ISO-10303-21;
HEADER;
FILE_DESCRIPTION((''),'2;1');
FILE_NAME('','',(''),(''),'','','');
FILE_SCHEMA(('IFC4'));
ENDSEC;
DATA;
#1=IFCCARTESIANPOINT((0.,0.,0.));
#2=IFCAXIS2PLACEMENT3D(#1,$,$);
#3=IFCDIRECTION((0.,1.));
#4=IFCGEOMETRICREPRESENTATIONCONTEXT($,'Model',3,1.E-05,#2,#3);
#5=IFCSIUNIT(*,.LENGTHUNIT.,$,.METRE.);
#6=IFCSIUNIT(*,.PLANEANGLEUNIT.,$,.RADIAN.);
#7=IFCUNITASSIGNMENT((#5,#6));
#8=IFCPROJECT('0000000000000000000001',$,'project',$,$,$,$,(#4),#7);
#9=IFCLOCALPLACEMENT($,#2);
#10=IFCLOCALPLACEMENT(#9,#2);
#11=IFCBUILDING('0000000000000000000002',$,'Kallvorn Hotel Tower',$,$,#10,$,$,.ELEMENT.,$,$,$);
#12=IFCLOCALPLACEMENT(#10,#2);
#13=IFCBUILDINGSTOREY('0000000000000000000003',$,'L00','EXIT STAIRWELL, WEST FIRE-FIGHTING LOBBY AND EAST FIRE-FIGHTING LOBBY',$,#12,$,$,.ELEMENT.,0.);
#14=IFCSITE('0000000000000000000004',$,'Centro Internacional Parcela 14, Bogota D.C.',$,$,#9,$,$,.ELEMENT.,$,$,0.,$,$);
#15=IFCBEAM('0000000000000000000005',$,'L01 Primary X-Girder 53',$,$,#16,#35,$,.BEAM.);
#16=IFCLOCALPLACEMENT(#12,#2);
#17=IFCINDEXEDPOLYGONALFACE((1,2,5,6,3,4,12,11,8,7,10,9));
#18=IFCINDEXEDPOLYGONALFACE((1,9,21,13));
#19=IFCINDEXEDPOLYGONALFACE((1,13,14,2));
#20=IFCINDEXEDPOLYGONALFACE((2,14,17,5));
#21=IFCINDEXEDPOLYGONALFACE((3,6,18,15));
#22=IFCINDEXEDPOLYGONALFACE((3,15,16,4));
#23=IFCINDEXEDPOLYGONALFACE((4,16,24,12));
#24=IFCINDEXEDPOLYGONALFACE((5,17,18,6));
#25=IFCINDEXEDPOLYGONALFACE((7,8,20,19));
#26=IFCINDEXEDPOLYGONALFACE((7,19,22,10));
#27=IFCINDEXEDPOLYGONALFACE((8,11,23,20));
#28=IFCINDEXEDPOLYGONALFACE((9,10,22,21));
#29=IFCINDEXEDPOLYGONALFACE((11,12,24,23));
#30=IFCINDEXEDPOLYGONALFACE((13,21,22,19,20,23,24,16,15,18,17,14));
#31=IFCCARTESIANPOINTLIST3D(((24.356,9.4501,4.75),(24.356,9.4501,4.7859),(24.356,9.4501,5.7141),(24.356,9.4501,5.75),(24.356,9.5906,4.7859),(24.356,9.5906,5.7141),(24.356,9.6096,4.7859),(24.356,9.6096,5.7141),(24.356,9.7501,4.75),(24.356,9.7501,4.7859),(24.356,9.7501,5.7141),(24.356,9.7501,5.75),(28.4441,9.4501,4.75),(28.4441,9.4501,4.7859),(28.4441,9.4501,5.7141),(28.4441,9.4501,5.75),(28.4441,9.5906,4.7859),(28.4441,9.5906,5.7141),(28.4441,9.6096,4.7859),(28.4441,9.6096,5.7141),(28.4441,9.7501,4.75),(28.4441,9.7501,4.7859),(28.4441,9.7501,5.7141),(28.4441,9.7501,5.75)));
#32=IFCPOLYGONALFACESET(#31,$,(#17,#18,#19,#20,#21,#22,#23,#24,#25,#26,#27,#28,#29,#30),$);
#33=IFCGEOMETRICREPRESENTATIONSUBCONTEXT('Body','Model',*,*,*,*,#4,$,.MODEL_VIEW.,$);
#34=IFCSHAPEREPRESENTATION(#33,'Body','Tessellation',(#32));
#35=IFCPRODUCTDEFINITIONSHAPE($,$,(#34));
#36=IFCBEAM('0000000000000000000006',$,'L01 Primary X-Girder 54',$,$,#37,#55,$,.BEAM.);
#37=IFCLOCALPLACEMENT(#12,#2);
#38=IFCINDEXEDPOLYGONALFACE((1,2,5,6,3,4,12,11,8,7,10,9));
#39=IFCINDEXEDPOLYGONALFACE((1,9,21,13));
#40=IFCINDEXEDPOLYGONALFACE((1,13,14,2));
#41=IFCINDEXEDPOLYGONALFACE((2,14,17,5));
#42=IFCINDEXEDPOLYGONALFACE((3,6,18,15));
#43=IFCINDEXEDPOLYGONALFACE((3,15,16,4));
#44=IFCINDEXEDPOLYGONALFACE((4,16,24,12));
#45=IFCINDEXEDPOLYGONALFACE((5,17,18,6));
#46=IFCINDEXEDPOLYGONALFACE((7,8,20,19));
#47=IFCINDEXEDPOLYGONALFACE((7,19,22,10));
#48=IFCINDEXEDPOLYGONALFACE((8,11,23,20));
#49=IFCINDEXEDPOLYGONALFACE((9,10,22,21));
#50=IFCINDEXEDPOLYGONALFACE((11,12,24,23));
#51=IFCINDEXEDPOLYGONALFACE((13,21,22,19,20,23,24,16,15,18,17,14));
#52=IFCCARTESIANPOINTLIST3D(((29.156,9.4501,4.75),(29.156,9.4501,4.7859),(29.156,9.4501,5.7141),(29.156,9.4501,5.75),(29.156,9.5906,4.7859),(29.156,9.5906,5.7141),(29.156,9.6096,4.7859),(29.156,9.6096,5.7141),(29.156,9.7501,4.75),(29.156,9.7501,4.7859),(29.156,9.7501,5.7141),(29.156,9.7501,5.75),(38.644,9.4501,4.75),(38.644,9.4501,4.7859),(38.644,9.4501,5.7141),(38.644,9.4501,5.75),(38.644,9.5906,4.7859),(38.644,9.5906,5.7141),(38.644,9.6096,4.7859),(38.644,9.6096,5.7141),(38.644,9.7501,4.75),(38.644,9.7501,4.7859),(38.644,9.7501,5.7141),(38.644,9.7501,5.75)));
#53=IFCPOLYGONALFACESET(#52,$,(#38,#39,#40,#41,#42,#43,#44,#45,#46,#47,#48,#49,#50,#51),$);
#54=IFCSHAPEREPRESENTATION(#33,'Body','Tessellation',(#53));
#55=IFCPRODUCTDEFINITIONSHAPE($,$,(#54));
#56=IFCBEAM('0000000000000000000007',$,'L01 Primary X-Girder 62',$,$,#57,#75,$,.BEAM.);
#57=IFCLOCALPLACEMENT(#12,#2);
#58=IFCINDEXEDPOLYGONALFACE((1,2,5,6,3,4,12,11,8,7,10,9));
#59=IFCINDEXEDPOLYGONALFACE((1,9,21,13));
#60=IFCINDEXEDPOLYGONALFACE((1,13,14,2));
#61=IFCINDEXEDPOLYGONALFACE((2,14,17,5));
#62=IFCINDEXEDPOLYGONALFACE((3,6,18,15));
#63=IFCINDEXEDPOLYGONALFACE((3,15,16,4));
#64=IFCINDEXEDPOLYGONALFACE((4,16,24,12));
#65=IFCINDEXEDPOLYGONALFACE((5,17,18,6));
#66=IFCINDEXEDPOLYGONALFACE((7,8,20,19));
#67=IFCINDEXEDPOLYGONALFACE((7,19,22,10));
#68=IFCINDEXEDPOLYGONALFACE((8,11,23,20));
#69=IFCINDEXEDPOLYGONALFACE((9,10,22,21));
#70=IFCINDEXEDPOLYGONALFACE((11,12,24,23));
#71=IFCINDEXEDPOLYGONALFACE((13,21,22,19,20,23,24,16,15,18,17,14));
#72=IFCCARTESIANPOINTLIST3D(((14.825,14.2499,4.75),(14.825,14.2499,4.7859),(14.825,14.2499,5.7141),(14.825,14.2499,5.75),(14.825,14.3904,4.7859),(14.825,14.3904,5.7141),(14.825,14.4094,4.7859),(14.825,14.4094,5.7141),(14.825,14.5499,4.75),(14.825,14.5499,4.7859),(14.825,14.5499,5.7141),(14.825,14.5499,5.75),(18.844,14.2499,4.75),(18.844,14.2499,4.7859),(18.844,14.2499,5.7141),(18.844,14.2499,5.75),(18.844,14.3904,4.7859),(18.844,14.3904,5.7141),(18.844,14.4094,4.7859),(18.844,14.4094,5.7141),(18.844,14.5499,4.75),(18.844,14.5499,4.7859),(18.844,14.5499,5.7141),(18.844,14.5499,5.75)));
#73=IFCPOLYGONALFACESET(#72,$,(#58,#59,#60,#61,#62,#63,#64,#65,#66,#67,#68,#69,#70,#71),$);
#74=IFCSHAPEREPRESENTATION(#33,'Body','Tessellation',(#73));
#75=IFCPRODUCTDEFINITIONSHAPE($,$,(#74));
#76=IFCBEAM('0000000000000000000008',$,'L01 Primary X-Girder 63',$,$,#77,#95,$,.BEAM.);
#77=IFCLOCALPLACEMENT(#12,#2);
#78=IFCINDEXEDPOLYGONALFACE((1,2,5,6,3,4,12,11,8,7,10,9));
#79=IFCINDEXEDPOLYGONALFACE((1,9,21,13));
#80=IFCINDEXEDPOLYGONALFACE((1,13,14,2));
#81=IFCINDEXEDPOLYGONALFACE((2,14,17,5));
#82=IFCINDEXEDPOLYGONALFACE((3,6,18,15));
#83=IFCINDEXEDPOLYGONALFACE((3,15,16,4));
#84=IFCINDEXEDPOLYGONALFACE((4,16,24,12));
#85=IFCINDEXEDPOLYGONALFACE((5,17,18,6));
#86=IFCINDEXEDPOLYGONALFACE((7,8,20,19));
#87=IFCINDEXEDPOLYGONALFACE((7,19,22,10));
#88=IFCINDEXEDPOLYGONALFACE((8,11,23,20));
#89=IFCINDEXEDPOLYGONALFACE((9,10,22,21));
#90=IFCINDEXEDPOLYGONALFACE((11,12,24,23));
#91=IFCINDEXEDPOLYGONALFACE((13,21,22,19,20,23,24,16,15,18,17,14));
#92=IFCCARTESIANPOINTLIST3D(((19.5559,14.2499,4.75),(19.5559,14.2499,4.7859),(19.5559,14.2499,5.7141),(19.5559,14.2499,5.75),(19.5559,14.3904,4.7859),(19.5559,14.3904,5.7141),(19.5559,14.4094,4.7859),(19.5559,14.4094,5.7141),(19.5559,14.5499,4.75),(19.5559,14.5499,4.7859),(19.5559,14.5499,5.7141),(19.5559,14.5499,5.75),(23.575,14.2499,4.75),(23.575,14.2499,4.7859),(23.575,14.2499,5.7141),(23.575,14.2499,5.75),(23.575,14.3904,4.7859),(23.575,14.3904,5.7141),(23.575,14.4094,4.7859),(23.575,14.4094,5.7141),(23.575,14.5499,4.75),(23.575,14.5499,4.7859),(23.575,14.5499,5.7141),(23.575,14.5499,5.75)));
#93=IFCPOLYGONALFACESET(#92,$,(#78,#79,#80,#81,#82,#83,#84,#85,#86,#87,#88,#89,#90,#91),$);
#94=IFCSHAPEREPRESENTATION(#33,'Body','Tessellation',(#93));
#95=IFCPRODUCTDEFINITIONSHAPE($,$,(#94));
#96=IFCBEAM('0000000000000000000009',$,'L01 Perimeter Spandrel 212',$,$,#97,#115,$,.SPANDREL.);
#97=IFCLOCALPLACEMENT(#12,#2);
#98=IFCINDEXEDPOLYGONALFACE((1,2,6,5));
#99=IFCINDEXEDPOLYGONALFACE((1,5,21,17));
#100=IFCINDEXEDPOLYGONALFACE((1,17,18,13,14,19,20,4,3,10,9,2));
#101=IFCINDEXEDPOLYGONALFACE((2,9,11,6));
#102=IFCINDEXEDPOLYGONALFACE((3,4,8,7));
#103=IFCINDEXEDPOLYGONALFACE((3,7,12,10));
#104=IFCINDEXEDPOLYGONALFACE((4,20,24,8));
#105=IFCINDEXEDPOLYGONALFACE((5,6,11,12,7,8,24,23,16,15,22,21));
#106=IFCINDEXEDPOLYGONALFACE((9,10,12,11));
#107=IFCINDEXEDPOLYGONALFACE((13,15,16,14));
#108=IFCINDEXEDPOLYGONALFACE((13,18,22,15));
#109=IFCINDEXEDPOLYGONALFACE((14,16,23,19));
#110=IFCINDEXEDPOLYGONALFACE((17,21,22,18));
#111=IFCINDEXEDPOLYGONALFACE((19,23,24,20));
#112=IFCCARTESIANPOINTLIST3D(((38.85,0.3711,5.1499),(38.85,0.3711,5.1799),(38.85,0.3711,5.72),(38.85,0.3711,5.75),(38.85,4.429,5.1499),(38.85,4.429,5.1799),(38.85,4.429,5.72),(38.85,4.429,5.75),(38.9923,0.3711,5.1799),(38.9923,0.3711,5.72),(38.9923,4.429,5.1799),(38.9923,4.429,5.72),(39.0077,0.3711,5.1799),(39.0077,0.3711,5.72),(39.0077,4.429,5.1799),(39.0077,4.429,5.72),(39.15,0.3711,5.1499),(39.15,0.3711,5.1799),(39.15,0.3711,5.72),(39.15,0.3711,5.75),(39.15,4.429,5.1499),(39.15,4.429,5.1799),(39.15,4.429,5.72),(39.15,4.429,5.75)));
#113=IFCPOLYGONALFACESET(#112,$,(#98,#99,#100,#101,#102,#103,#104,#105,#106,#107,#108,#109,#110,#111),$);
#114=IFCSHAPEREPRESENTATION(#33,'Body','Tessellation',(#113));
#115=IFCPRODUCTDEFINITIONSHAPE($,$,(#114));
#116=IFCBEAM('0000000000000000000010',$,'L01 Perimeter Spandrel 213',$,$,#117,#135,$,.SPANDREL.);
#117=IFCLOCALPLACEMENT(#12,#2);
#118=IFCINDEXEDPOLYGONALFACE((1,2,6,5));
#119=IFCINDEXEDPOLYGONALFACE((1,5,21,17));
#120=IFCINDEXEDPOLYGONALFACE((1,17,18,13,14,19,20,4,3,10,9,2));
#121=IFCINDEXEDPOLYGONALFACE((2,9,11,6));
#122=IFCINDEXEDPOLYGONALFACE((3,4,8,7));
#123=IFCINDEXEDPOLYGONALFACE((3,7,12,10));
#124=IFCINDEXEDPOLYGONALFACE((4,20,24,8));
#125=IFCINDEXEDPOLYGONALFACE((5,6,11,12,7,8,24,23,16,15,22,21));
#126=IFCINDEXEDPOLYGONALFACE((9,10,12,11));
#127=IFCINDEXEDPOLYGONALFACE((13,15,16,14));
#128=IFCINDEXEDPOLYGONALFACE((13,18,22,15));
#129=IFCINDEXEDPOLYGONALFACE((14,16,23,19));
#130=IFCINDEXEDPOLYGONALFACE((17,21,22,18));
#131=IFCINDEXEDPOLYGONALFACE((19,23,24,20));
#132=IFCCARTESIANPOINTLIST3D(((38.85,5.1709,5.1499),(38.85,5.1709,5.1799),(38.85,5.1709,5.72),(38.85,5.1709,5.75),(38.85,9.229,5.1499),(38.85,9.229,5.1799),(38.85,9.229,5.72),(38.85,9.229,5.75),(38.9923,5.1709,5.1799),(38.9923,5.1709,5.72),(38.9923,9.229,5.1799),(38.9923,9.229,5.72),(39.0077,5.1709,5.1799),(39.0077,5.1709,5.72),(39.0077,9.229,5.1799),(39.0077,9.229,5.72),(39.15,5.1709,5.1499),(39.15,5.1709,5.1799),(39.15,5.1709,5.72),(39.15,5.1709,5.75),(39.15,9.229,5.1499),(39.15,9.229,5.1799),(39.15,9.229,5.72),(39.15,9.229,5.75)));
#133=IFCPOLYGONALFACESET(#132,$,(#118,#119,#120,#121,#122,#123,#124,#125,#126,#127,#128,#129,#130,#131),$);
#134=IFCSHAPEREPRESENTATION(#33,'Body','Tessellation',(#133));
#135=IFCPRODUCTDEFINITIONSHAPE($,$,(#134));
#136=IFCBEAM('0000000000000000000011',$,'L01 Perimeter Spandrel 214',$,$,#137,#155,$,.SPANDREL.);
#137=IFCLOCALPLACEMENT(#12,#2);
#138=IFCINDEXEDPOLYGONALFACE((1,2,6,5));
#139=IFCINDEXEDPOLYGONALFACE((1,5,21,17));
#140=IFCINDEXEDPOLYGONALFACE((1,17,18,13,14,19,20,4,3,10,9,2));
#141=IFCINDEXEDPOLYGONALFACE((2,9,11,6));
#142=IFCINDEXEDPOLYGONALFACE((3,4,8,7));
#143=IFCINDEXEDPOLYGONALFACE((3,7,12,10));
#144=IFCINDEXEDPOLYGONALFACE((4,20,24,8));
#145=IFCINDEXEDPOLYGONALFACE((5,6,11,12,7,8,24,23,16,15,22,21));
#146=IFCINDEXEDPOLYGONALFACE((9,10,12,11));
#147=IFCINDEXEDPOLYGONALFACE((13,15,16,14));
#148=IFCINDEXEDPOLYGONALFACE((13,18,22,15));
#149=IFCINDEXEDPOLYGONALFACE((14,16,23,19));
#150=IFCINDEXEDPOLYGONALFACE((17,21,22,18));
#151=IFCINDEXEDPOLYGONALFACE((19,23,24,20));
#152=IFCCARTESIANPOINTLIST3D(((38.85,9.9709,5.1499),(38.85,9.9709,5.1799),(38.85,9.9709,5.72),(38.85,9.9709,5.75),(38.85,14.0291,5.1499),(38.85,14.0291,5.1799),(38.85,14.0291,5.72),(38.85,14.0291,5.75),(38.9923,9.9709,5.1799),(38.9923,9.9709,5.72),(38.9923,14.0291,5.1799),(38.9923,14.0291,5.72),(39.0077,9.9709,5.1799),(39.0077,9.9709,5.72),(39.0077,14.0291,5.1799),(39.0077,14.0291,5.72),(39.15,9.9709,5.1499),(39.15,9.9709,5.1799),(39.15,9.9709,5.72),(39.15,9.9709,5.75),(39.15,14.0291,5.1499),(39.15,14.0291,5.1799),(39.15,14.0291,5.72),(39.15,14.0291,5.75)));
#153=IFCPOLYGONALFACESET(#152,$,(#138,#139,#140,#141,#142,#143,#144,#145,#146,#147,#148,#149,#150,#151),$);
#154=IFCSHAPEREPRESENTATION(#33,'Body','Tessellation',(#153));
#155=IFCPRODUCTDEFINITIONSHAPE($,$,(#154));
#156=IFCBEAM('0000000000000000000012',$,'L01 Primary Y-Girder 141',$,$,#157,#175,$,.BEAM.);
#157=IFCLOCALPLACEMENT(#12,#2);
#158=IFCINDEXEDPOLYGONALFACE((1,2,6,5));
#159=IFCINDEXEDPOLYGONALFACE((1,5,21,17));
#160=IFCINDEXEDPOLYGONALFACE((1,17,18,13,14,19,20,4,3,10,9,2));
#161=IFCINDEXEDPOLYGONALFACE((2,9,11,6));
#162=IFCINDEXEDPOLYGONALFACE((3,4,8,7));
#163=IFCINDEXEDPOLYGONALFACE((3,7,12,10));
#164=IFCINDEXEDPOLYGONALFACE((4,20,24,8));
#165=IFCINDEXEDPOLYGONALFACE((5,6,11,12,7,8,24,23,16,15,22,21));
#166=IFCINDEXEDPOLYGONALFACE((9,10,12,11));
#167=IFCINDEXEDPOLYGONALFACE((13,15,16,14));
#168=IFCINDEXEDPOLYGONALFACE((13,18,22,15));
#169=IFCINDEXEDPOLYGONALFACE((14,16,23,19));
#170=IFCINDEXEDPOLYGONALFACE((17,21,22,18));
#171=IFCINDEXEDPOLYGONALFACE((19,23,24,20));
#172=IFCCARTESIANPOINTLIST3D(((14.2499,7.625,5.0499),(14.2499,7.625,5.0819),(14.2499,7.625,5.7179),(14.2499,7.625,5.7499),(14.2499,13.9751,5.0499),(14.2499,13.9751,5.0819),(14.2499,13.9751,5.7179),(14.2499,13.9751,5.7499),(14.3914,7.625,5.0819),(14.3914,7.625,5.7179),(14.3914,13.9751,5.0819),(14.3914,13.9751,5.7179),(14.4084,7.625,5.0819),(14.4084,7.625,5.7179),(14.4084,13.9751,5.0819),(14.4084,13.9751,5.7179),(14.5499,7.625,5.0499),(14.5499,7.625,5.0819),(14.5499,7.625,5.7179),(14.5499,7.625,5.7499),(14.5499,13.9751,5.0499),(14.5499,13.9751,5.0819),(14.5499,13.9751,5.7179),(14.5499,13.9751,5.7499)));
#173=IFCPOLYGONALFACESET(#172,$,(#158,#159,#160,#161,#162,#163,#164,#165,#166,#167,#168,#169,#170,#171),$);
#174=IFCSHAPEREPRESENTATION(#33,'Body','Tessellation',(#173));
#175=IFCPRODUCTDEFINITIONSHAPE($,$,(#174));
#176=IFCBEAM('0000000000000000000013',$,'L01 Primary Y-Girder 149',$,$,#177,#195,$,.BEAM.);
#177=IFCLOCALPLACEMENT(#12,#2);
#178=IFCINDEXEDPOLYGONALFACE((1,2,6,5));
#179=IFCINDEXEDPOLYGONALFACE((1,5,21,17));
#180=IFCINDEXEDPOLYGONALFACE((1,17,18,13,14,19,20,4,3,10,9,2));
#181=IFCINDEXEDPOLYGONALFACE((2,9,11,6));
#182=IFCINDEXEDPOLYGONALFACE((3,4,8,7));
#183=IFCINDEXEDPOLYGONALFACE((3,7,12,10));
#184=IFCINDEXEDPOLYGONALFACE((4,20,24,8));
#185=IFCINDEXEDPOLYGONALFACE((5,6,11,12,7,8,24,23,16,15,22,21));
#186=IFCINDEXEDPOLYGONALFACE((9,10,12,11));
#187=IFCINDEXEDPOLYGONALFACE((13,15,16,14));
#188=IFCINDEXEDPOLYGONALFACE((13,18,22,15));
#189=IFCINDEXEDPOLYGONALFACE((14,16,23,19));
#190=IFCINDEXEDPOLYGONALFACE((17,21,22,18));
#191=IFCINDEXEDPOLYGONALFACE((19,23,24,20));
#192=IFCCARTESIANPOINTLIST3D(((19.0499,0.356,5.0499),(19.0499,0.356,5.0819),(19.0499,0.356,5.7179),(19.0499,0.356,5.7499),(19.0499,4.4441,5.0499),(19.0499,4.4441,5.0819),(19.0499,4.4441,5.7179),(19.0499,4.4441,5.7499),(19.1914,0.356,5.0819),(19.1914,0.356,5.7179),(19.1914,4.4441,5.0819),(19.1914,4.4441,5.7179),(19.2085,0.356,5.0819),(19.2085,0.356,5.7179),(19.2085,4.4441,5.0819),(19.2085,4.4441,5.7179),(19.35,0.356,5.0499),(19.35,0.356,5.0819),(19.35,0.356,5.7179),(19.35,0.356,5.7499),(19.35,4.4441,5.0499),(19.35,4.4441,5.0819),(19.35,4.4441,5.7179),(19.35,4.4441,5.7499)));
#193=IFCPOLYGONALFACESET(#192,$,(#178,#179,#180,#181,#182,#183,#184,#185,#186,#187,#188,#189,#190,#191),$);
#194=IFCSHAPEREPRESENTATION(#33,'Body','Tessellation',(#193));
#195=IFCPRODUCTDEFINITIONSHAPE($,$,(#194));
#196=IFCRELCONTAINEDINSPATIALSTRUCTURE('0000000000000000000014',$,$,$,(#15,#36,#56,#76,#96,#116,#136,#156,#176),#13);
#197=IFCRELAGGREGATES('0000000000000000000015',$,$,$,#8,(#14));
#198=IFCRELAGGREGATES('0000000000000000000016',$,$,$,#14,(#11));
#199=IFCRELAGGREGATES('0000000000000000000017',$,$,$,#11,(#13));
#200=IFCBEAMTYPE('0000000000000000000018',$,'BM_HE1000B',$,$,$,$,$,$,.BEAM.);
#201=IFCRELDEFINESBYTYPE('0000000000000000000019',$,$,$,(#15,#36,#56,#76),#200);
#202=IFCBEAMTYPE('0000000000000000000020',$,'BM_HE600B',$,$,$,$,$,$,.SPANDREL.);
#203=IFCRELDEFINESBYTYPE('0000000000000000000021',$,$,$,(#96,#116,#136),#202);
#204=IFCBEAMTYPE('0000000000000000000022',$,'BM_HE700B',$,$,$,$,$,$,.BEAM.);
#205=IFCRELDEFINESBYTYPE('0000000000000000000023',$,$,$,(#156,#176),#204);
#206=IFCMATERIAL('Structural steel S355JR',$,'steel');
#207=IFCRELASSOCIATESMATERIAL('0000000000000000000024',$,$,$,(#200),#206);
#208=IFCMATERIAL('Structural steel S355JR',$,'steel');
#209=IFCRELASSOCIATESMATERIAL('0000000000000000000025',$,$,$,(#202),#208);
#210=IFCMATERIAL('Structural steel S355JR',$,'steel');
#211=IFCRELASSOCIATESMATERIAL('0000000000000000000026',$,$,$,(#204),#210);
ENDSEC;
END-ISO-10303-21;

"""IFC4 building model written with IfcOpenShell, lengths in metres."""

from ifc_helpers import new_model, si_unit, direction, frame, origin, origin_2d, place, context, subcontext, project, spatial, i_section, extrude, material, material_profile, profile_set, type_object, element, save


model = new_model("IFC4")

# Units and contexts
model_context = context("Model", 3, precision=1e-05, world=origin(), true_north=direction((0.0, 1.0)))
body_context = subcontext(model_context, "Body", "Model", "MODEL_VIEW")
ifc_project = project(units=[si_unit("LENGTHUNIT", "METRE"), si_unit("PLANEANGLEUNIT", "RADIAN")], contexts=[model_context])

# Site, building, storey
site_placement = place(None, origin())
site = spatial("IfcSite", under=ifc_project, at=site_placement, Name="Centro Internacional Parcela 14, Bogota D.C.", CompositionType="ELEMENT", RefElevation=0.0)
building_placement = place(site_placement, origin())
building = spatial("IfcBuilding", under=site, at=building_placement, Name="Kallvorn Hotel Tower", CompositionType="ELEMENT")
storey_placement = place(building_placement, origin())
storey = spatial("IfcBuildingStorey", under=building, at=storey_placement, Name="L00", Description="EXIT STAIRWELL, WEST FIRE-FIGHTING LOBBY AND EAST FIRE-FIGHTING LOBBY", CompositionType="ELEMENT", Elevation=0.0)

# Beams
ifc_material_1 = material(Name="Structural steel S355JR", Category="steel")
ifc_material_profile_1 = material_profile(ifc_material_1, i_section(OverallWidth=0.3, OverallDepth=1.0, WebThickness=0.019, FlangeThickness=0.0359, at=origin_2d()), Name="HE 1000 B")
ifc_profile_set_1 = profile_set([ifc_material_profile_1], Name="Structural steel S355JR")
beam_type_1 = type_object("IfcBeamType", Name="BM_HE1000B", PredefinedType="BEAM", material=ifc_profile_set_1)
for number, where, z_axis, x_axis, name in (
    (1, (24.356, 9.6001, 5.25), (1.0, 0.0, 0.0), (0.0, 1.0, 0.0), "L01 Primary X-Girder 53"),
):
    element("IfcBeam", number, at=place(storey_placement, frame(where, z_axis=z_axis, x_axis=x_axis)), inside=storey, type_object=beam_type_1, Name=name, PredefinedType="BEAM", context=body_context, shape_type="SweptSolid", body=[
        extrude(i_section(OverallWidth=0.3, OverallDepth=1.0, WebThickness=0.019, FlangeThickness=0.0359, at=origin_2d()), origin(), (0.0, 0.0, 1.0), 4.0881),
    ])
beam_1_placement = place(storey_placement, frame((29.156, 9.6001, 5.25), z_axis=(1.0, 0.0, 0.0), x_axis=(0.0, 1.0, 0.0)))
element("IfcBeam", 2, at=beam_1_placement, inside=storey, type_object=beam_type_1, Name="L01 Primary X-Girder 54", PredefinedType="BEAM", context=body_context, shape_type="SweptSolid", body=[
    extrude(i_section(OverallWidth=0.3, OverallDepth=1.0, WebThickness=0.019, FlangeThickness=0.0359, at=origin_2d()), origin(), (0.0, 0.0, 1.0), 9.488),
])
for number, where, z_axis, x_axis, name in (
    (3, (14.825, 14.3999, 5.25), (1.0, 0.0, 0.0), (0.0, 1.0, 0.0), "L01 Primary X-Girder 62"),
    (4, (19.5559, 14.3999, 5.25), (1.0, 0.0, 0.0), (0.0, 1.0, 0.0), "L01 Primary X-Girder 63"),
):
    element("IfcBeam", number, at=place(storey_placement, frame(where, z_axis=z_axis, x_axis=x_axis)), inside=storey, type_object=beam_type_1, Name=name, PredefinedType="BEAM", context=body_context, shape_type="SweptSolid", body=[
        extrude(i_section(OverallWidth=0.3, OverallDepth=1.0, WebThickness=0.019, FlangeThickness=0.0359, at=origin_2d()), origin(), (0.0, 0.0, 1.0), 4.019),
    ])
ifc_material_2 = material(Name="Structural steel S355JR", Category="steel")
ifc_material_profile_2 = material_profile(ifc_material_2, i_section(OverallWidth=0.3, OverallDepth=0.6001, WebThickness=0.0154, FlangeThickness=0.03, at=origin_2d()), Name="HE 600 B")
ifc_profile_set_2 = profile_set([ifc_material_profile_2], Name="Structural steel S355JR")
beam_type_2 = type_object("IfcBeamType", Name="BM_HE600B", PredefinedType="SPANDREL", material=ifc_profile_set_2)
beam_2_placement = place(storey_placement, frame((39.0, 0.3711, 5.45), z_axis=(0.0, 1.0, 0.0), x_axis=(-1.0, 0.0, 0.0)))
element("IfcBeam", 5, at=beam_2_placement, inside=storey, type_object=beam_type_2, Name="L01 Perimeter Spandrel 212", PredefinedType="SPANDREL", context=body_context, shape_type="SweptSolid", body=[
    extrude(i_section(OverallWidth=0.3, OverallDepth=0.6001, WebThickness=0.0154, FlangeThickness=0.03, at=origin_2d()), origin(), (0.0, 0.0, 1.0), 4.0579),
])
for number, where, z_axis, x_axis, name in (
    (6, (39.0, 5.1709, 5.45), (0.0, 1.0, 0.0), (-1.0, 0.0, 0.0), "L01 Perimeter Spandrel 213"),
    (7, (39.0, 9.9709, 5.45), (0.0, 1.0, 0.0), (-1.0, 0.0, 0.0), "L01 Perimeter Spandrel 214"),
):
    element("IfcBeam", number, at=place(storey_placement, frame(where, z_axis=z_axis, x_axis=x_axis)), inside=storey, type_object=beam_type_2, Name=name, PredefinedType="SPANDREL", context=body_context, shape_type="SweptSolid", body=[
        extrude(i_section(OverallWidth=0.3, OverallDepth=0.6001, WebThickness=0.0154, FlangeThickness=0.03, at=origin_2d()), origin(), (0.0, 0.0, 1.0), 4.0581),
    ])
ifc_material_3 = material(Name="Structural steel S355JR", Category="steel")
ifc_material_profile_3 = material_profile(ifc_material_3, i_section(OverallWidth=0.3, OverallDepth=0.7, WebThickness=0.0171, FlangeThickness=0.032, at=origin_2d()), Name="HE 700 B")
ifc_profile_set_3 = profile_set([ifc_material_profile_3], Name="Structural steel S355JR")
beam_type_3 = type_object("IfcBeamType", Name="BM_HE700B", PredefinedType="BEAM", material=ifc_profile_set_3)
beam_3_placement = place(storey_placement, frame((14.3999, 7.625, 5.3999), z_axis=(0.0, 1.0, 0.0), x_axis=(-1.0, 0.0, 0.0)))
element("IfcBeam", 8, at=beam_3_placement, inside=storey, type_object=beam_type_3, Name="L01 Primary Y-Girder 141", PredefinedType="BEAM", context=body_context, shape_type="SweptSolid", body=[
    extrude(i_section(OverallWidth=0.3, OverallDepth=0.7, WebThickness=0.0171, FlangeThickness=0.032, at=origin_2d()), origin(), (0.0, 0.0, 1.0), 6.3501),
])
beam_4_placement = place(storey_placement, frame((19.2, 0.356, 5.3999), z_axis=(0.0, 1.0, 0.0), x_axis=(-1.0, 0.0, 0.0)))
element("IfcBeam", 9, at=beam_4_placement, inside=storey, type_object=beam_type_3, Name="L01 Primary Y-Girder 149", PredefinedType="BEAM", context=body_context, shape_type="SweptSolid", body=[
    extrude(i_section(OverallWidth=0.3, OverallDepth=0.7, WebThickness=0.0171, FlangeThickness=0.032, at=origin_2d()), origin(), (0.0, 0.0, 1.0), 4.0881),
])

save(model, "model.ifc")
